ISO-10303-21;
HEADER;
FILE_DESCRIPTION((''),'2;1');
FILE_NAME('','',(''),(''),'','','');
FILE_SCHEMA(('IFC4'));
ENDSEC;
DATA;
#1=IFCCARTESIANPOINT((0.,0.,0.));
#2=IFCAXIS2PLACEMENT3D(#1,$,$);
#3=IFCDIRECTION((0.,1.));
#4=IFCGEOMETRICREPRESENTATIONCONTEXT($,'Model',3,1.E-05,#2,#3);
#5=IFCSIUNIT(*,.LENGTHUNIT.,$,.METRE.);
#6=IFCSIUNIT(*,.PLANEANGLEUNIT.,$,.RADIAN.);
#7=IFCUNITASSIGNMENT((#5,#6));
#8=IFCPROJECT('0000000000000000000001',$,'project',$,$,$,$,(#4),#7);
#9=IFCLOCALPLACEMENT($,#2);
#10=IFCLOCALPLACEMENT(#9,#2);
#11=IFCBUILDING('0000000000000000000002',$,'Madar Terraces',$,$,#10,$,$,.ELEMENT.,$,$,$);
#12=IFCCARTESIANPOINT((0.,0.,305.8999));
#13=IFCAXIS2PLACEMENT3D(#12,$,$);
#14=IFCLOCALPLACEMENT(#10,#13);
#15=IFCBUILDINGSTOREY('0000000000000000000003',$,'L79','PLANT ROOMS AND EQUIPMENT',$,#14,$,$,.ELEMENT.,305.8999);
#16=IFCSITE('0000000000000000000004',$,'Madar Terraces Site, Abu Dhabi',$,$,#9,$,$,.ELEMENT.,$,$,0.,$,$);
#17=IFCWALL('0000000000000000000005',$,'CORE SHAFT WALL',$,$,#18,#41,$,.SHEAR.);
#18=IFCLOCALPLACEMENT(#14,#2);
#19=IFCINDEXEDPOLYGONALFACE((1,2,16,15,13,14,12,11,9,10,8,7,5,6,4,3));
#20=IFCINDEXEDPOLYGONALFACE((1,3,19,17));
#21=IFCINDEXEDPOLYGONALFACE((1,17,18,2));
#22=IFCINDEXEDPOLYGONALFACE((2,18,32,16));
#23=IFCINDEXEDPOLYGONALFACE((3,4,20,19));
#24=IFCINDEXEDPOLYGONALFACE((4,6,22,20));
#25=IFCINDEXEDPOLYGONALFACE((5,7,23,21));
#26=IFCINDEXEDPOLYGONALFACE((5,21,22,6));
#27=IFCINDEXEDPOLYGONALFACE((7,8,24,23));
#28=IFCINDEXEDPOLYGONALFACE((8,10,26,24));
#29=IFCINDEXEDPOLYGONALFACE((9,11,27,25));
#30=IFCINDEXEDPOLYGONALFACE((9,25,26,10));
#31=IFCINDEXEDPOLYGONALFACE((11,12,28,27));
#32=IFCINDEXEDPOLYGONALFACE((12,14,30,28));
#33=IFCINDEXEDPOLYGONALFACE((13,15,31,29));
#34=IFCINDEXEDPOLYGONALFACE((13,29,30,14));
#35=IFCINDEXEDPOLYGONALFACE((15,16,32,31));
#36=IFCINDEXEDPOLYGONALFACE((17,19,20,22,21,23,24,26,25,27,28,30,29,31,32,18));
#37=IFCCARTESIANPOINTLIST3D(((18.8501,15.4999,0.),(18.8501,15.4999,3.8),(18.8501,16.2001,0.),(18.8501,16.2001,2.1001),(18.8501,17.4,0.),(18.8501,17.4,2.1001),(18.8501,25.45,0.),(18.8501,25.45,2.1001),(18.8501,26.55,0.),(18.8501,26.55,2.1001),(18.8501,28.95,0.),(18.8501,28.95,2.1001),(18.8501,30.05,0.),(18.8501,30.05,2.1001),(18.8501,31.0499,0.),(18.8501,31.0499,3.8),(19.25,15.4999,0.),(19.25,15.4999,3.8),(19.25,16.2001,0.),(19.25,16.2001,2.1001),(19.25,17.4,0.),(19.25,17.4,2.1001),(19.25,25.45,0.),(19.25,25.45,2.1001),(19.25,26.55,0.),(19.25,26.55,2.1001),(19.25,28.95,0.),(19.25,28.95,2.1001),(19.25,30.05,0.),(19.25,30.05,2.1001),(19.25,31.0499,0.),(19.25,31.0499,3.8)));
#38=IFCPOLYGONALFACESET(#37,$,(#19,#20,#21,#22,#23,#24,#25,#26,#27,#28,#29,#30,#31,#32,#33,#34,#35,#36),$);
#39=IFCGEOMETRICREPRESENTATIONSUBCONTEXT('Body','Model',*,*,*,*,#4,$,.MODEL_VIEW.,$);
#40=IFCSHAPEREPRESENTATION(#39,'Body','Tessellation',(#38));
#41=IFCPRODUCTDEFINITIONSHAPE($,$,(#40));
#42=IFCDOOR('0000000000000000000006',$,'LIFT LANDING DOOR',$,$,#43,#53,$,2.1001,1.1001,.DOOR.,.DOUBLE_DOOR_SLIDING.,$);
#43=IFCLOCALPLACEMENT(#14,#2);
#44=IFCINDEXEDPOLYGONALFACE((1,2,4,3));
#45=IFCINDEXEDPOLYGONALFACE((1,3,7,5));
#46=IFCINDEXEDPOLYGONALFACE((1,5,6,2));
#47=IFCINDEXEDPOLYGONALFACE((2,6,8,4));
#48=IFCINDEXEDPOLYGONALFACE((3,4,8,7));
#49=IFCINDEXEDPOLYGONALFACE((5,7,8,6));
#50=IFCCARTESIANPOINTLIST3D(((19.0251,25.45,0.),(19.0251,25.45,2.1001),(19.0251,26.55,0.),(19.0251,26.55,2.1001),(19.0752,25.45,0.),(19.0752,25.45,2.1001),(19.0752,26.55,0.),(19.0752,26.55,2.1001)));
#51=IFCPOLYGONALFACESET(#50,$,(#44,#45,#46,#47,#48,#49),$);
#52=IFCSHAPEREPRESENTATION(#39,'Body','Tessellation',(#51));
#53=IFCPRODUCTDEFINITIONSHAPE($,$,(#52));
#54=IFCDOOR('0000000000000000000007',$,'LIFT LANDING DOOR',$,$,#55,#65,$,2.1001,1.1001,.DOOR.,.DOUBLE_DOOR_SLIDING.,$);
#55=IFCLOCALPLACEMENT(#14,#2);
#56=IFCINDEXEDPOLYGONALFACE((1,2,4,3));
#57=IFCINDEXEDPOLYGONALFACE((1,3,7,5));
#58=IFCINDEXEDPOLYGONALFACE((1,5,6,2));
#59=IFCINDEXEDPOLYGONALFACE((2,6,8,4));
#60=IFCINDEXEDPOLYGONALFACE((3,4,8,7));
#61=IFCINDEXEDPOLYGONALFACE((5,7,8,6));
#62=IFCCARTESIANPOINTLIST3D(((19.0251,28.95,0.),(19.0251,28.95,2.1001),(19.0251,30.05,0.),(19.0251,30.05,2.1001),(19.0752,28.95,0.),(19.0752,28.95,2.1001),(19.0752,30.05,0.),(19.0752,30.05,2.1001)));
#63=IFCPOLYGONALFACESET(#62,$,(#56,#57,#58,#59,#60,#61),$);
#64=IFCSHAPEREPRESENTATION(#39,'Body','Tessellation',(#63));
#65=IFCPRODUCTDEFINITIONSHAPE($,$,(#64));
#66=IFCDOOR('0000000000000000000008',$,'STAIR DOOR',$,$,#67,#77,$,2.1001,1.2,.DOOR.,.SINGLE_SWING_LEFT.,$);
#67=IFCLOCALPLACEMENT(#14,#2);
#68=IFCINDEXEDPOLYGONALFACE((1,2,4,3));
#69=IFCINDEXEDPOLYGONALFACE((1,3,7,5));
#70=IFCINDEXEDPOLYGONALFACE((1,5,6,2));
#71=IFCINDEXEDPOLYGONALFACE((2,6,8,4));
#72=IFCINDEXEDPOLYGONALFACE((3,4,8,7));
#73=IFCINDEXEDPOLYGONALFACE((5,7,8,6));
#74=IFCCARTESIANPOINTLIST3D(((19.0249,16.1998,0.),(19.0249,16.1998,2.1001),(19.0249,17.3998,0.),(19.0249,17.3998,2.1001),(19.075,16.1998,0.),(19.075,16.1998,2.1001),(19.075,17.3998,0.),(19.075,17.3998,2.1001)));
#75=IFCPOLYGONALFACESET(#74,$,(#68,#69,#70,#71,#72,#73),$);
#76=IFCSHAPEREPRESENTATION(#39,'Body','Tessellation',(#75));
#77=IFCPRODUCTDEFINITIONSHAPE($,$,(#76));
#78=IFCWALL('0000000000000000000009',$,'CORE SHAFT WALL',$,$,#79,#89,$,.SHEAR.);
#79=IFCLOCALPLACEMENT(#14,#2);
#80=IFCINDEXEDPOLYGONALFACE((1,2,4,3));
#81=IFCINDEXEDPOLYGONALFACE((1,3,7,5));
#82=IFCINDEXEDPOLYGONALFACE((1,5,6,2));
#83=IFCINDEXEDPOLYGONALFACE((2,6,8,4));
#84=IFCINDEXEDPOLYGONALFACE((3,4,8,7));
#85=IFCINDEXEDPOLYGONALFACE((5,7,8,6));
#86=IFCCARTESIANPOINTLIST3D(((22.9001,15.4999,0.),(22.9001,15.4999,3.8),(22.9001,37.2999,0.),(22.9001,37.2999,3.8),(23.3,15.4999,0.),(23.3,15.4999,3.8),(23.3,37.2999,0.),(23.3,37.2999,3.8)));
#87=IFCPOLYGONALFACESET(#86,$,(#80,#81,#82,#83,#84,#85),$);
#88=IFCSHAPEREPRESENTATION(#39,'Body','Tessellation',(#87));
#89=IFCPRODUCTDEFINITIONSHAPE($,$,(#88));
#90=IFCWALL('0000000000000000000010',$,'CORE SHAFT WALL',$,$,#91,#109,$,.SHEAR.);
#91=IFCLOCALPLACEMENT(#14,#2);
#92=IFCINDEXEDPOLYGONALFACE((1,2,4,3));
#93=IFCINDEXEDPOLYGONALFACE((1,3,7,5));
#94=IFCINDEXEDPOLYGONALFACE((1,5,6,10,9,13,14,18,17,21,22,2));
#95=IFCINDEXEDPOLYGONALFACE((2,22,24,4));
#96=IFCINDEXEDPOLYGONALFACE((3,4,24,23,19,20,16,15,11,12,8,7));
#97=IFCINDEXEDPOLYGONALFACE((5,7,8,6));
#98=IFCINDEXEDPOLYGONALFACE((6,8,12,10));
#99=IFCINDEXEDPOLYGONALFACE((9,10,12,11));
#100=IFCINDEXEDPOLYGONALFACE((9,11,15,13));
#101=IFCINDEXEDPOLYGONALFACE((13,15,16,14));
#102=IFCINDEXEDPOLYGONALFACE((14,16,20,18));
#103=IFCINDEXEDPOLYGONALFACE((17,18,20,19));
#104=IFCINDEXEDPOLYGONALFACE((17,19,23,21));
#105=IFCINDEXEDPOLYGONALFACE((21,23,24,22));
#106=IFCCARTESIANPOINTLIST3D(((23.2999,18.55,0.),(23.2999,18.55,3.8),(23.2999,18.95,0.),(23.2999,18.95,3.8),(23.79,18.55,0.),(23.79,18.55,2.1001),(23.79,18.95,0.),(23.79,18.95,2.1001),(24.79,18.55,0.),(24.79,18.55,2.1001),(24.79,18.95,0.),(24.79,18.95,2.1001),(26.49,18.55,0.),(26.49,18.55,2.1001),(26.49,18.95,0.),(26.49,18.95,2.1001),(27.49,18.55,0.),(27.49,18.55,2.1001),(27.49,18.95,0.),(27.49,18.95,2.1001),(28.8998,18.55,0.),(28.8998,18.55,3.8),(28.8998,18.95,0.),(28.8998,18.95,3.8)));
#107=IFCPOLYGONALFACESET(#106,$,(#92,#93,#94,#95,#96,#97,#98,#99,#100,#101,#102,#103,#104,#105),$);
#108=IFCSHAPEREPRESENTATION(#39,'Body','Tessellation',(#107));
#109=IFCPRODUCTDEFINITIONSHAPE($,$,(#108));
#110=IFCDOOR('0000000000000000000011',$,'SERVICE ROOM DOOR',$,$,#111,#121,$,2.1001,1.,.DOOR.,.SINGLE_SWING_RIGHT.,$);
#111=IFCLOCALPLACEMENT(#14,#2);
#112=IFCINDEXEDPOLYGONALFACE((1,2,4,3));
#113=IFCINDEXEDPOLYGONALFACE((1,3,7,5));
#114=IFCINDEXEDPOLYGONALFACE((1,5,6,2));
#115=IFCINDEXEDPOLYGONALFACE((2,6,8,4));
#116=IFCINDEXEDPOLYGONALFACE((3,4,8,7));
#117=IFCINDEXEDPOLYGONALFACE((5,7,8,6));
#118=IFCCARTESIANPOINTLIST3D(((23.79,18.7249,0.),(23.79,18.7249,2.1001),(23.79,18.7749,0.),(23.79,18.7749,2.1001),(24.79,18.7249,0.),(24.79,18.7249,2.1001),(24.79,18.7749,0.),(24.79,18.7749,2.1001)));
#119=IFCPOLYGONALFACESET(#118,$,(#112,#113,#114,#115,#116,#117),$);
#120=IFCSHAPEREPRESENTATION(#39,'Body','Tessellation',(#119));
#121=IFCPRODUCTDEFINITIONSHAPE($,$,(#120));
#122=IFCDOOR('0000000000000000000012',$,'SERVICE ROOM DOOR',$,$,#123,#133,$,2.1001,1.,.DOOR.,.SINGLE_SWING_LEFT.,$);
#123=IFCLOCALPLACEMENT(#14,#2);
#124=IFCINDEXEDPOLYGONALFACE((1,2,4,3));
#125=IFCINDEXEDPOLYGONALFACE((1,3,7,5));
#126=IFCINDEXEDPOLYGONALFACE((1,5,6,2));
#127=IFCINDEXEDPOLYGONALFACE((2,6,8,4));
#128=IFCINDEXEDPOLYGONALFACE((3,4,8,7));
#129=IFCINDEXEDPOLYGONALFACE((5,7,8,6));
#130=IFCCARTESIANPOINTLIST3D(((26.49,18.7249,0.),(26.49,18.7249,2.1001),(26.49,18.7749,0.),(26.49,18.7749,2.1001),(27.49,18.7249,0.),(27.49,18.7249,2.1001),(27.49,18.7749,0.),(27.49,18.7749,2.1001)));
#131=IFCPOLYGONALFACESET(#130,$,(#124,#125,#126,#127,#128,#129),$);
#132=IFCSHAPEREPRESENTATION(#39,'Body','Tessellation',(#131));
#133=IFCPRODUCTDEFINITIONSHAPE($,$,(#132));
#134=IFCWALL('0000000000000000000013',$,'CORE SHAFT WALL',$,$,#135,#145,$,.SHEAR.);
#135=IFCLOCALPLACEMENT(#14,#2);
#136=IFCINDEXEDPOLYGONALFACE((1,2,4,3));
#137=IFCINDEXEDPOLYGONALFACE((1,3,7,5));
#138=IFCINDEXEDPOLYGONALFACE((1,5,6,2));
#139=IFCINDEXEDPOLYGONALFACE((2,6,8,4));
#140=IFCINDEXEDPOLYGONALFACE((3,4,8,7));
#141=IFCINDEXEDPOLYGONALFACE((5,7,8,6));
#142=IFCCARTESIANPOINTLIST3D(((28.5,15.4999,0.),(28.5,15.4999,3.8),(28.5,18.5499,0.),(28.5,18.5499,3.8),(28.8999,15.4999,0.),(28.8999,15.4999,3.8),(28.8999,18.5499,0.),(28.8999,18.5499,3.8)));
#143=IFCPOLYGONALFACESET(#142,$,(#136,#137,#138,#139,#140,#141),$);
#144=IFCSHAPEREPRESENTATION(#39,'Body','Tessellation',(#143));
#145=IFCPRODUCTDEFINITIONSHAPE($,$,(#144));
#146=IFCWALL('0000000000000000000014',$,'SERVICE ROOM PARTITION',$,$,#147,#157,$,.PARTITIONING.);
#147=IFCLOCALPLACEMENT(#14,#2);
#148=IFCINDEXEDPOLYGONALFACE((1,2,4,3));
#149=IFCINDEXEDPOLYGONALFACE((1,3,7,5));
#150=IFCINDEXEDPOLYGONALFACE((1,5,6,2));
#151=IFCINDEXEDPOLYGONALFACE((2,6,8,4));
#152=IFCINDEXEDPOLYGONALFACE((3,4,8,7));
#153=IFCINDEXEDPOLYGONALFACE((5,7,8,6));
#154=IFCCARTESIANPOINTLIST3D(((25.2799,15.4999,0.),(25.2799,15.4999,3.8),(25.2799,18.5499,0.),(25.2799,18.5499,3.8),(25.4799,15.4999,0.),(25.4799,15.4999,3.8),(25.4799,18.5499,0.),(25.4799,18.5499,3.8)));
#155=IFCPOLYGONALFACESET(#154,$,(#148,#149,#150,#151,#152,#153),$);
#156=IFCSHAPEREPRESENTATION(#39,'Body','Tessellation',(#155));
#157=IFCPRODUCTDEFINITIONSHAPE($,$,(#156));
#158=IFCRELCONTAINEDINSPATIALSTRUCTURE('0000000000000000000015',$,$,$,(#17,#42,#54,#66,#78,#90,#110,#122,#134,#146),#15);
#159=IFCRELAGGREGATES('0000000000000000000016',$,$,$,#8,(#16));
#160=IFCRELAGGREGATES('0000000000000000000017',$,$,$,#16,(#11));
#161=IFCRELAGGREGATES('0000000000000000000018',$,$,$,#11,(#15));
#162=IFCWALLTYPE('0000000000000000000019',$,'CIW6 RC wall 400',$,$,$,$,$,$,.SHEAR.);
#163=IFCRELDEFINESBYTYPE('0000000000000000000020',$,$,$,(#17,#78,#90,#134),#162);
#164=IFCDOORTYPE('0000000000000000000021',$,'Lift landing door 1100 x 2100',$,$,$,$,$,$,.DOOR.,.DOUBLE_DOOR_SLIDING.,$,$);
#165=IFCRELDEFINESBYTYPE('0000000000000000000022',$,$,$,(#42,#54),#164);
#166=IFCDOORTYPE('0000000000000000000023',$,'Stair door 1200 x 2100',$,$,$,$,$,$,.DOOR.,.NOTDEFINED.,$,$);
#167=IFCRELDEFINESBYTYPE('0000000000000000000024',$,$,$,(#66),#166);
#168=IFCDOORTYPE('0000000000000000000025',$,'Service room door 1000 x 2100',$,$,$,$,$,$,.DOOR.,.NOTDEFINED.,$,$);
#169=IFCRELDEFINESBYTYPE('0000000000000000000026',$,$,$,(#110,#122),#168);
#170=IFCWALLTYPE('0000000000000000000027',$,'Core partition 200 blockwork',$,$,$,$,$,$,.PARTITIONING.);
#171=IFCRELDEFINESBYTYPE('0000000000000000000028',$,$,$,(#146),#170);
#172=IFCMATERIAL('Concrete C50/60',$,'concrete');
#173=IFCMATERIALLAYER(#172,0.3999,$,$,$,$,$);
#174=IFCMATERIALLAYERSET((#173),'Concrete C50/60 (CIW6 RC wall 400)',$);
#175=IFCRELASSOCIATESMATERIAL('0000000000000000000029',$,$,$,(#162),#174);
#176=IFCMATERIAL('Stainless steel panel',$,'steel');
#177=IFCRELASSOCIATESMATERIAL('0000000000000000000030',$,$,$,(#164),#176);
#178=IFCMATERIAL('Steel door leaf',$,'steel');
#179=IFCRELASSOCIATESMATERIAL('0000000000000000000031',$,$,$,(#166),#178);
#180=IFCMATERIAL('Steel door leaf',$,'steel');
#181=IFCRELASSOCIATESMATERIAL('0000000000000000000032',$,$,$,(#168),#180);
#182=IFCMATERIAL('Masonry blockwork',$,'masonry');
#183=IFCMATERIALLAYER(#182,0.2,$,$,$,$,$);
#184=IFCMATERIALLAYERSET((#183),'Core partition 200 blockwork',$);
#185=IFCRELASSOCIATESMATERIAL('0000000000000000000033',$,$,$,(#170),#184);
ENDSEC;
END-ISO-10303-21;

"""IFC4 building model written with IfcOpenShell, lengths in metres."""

from ifc_helpers import new_model, si_unit, direction, frame, frame_2d, origin, place, context, subcontext, project, spatial, rectangle, extrude, material, layer, layer_set, type_object, element, fill, save


model = new_model("IFC4")

# Units and contexts
model_context = context("Model", 3, precision=1e-05, world=origin(), true_north=direction((0.0, 1.0)))
body_context = subcontext(model_context, "Body", "Model", "MODEL_VIEW")
ifc_project = project(units=[si_unit("LENGTHUNIT", "METRE"), si_unit("PLANEANGLEUNIT", "RADIAN")], contexts=[model_context])

# Site, building, storey
site_placement = place(None, origin())
site = spatial("IfcSite", under=ifc_project, at=site_placement, Name="Madar Terraces Site, Abu Dhabi", CompositionType="ELEMENT", RefElevation=0.0)
building_placement = place(site_placement, origin())
building = spatial("IfcBuilding", under=site, at=building_placement, Name="Madar Terraces", CompositionType="ELEMENT")
storey_placement = place(building_placement, frame((0.0, 0.0, 305.8999)))
storey = spatial("IfcBuildingStorey", under=building, at=storey_placement, Name="L79", Description="PLANT ROOMS AND EQUIPMENT", CompositionType="ELEMENT", Elevation=305.8999)

# Wall, openings, doors
ifc_material_1 = material(Name="Concrete C50/60", Category="concrete")
ifc_layer_1 = layer(ifc_material_1, 0.3999)
ifc_layer_set_1 = layer_set([ifc_layer_1], Name="Concrete C50/60 (CIW6 RC wall 400)")
wall_type_1 = type_object("IfcWallType", Name="CIW6 RC wall 400", PredefinedType="SHEAR", material=ifc_layer_set_1)
wall_1_placement = place(storey_placement, frame((19.05, 15.5, 0.0), z_axis=(0.0, 0.0, 1.0), x_axis=(0.0, 1.0, 0.0)))
wall_1 = element("IfcWall", 1, at=wall_1_placement, inside=storey, type_object=wall_type_1, Name="CORE SHAFT WALL", PredefinedType="SHEAR", context=body_context, shape_type="SweptSolid", body=[
    extrude(rectangle(XDim=15.55, YDim=0.3999, at=frame_2d((7.7749, 0.0))), origin(), (0.0, 0.0, 1.0), 3.8),
])
opening_1_placement = place(wall_1_placement, frame((9.95, 0.0, 0.0)))
opening_1 = element("IfcOpeningElement", 2, at=opening_1_placement, cuts=wall_1, PredefinedType="OPENING", context=body_context, shape_type="SweptSolid", body=[
    extrude(rectangle(XDim=1.1001, YDim=2.1001, at=frame_2d((0.55, 1.05))), frame((0.0, 0.21, 0.0), z_axis=(0.0, -1.0, 0.0), x_axis=(1.0, 0.0, 0.0)), (0.0, 0.0, 1.0), 0.4199),
])
opening_2_placement = place(wall_1_placement, frame((13.45, 0.0, 0.0)))
opening_2 = element("IfcOpeningElement", 3, at=opening_2_placement, cuts=wall_1, PredefinedType="OPENING", context=body_context, shape_type="SweptSolid", body=[
    extrude(rectangle(XDim=1.1001, YDim=2.1001, at=frame_2d((0.55, 1.05))), frame((0.0, 0.21, 0.0), z_axis=(0.0, -1.0, 0.0), x_axis=(1.0, 0.0, 0.0)), (0.0, 0.0, 1.0), 0.4199),
])
opening_3_placement = place(wall_1_placement, frame((0.7, 0.0, 0.0)))
opening_3 = element("IfcOpeningElement", 4, at=opening_3_placement, cuts=wall_1, PredefinedType="OPENING", context=body_context, shape_type="SweptSolid", body=[
    extrude(rectangle(XDim=1.2, YDim=2.1001, at=frame_2d((0.6001, 1.05))), frame((0.0, 0.21, 0.0), z_axis=(0.0, -1.0, 0.0), x_axis=(1.0, 0.0, 0.0)), (0.0, 0.0, 1.0), 0.4199),
])
ifc_material_2 = material(Name="Stainless steel panel", Category="steel")
door_type_1 = type_object("IfcDoorType", Name="Lift landing door 1100 x 2100", OperationType="DOUBLE_DOOR_SLIDING", PredefinedType="DOOR", material=ifc_material_2)
door_1_placement = place(opening_1_placement, origin())
door_1 = element("IfcDoor", 5, at=door_1_placement, inside=storey, type_object=door_type_1, Name="LIFT LANDING DOOR", OperationType="DOUBLE_DOOR_SLIDING", OverallHeight=2.1001, OverallWidth=1.1001, PredefinedType="DOOR", context=body_context, shape_type="SweptSolid", body=[
    extrude(rectangle(XDim=1.1001, YDim=2.1001, at=frame_2d((0.55, 1.05))), frame((0.0, 0.0249, 0.0), z_axis=(0.0, -1.0, 0.0), x_axis=(1.0, 0.0, 0.0)), (0.0, 0.0, 1.0), 0.05),
])
fill(opening_1, door_1)
door_2_placement = place(opening_2_placement, origin())
door_2 = element("IfcDoor", 6, at=door_2_placement, inside=storey, type_object=door_type_1, Name="LIFT LANDING DOOR", OperationType="DOUBLE_DOOR_SLIDING", OverallHeight=2.1001, OverallWidth=1.1001, PredefinedType="DOOR", context=body_context, shape_type="SweptSolid", body=[
    extrude(rectangle(XDim=1.1001, YDim=2.1001, at=frame_2d((0.55, 1.05))), frame((0.0, 0.0249, 0.0), z_axis=(0.0, -1.0, 0.0), x_axis=(1.0, 0.0, 0.0)), (0.0, 0.0, 1.0), 0.05),
])
fill(opening_2, door_2)
ifc_material_3 = material(Name="Steel door leaf", Category="steel")
door_type_2 = type_object("IfcDoorType", Name="Stair door 1200 x 2100", OperationType="NOTDEFINED", PredefinedType="DOOR", material=ifc_material_3)
door_3_placement = place(opening_3_placement, frame((1.2, 0.0, 0.0), z_axis=(0.0, 0.0, 1.0), x_axis=(-1.0, 0.0, 0.0)))
door_3 = element("IfcDoor", 7, at=door_3_placement, inside=storey, type_object=door_type_2, Name="STAIR DOOR", OperationType="SINGLE_SWING_LEFT", OverallHeight=2.1001, OverallWidth=1.2, PredefinedType="DOOR", context=body_context, shape_type="SweptSolid", body=[
    extrude(rectangle(XDim=1.2, YDim=2.1001, at=frame_2d((0.6001, 1.05))), frame((0.0, 0.0249, 0.0), z_axis=(0.0, -1.0, 0.0), x_axis=(1.0, 0.0, 0.0)), (0.0, 0.0, 1.0), 0.05),
])
fill(opening_3, door_3)

# Wall
wall_2_placement = place(storey_placement, frame((23.1001, 15.5, 0.0), z_axis=(0.0, 0.0, 1.0), x_axis=(0.0, 1.0, 0.0)))
element("IfcWall", 8, at=wall_2_placement, inside=storey, type_object=wall_type_1, Name="CORE SHAFT WALL", PredefinedType="SHEAR", context=body_context, shape_type="SweptSolid", body=[
    extrude(rectangle(XDim=21.8, YDim=0.3999, at=frame_2d((10.8999, 0.0))), origin(), (0.0, 0.0, 1.0), 3.8),
])

# Wall, openings, doors
wall_3_placement = place(storey_placement, frame((23.3, 18.75, 0.0), z_axis=(0.0, 0.0, 1.0), x_axis=(1.0, 0.0, 0.0)))
wall_3 = element("IfcWall", 9, at=wall_3_placement, inside=storey, type_object=wall_type_1, Name="CORE SHAFT WALL", PredefinedType="SHEAR", context=body_context, shape_type="SweptSolid", body=[
    extrude(rectangle(XDim=5.5999, YDim=0.3999, at=frame_2d((2.7998, 0.0))), origin(), (0.0, 0.0, 1.0), 3.8),
])
opening_4_placement = place(wall_3_placement, frame((0.49, 0.0, 0.0)))
opening_4 = element("IfcOpeningElement", 10, at=opening_4_placement, cuts=wall_3, PredefinedType="OPENING", context=body_context, shape_type="SweptSolid", body=[
    extrude(rectangle(XDim=1.0, YDim=2.1001, at=frame_2d((0.5, 1.05))), frame((0.0, 0.21, 0.0), z_axis=(0.0, -1.0, 0.0), x_axis=(1.0, 0.0, 0.0)), (0.0, 0.0, 1.0), 0.4199),
])
opening_5_placement = place(wall_3_placement, frame((3.1899, 0.0, 0.0)))
opening_5 = element("IfcOpeningElement", 11, at=opening_5_placement, cuts=wall_3, PredefinedType="OPENING", context=body_context, shape_type="SweptSolid", body=[
    extrude(rectangle(XDim=1.0, YDim=2.1001, at=frame_2d((0.5, 1.05))), frame((0.0, 0.21, 0.0), z_axis=(0.0, -1.0, 0.0), x_axis=(1.0, 0.0, 0.0)), (0.0, 0.0, 1.0), 0.4199),
])
ifc_material_4 = material(Name="Steel door leaf", Category="steel")
door_type_3 = type_object("IfcDoorType", Name="Service room door 1000 x 2100", OperationType="NOTDEFINED", PredefinedType="DOOR", material=ifc_material_4)
door_4_placement = place(opening_4_placement, origin())
door_4 = element("IfcDoor", 12, at=door_4_placement, inside=storey, type_object=door_type_3, Name="SERVICE ROOM DOOR", OperationType="SINGLE_SWING_RIGHT", OverallHeight=2.1001, OverallWidth=1.0, PredefinedType="DOOR", context=body_context, shape_type="SweptSolid", body=[
    extrude(rectangle(XDim=1.0, YDim=2.1001, at=frame_2d((0.5, 1.05))), frame((0.0, 0.0249, 0.0), z_axis=(0.0, -1.0, 0.0), x_axis=(1.0, 0.0, 0.0)), (0.0, 0.0, 1.0), 0.05),
])
fill(opening_4, door_4)
door_5_placement = place(opening_5_placement, origin())
door_5 = element("IfcDoor", 13, at=door_5_placement, inside=storey, type_object=door_type_3, Name="SERVICE ROOM DOOR", OperationType="SINGLE_SWING_LEFT", OverallHeight=2.1001, OverallWidth=1.0, PredefinedType="DOOR", context=body_context, shape_type="SweptSolid", body=[
    extrude(rectangle(XDim=1.0, YDim=2.1001, at=frame_2d((0.5, 1.05))), frame((0.0, 0.0249, 0.0), z_axis=(0.0, -1.0, 0.0), x_axis=(1.0, 0.0, 0.0)), (0.0, 0.0, 1.0), 0.05),
])
fill(opening_5, door_5)

# Walls
wall_4_placement = place(storey_placement, frame((28.7, 15.5, 0.0), z_axis=(0.0, 0.0, 1.0), x_axis=(0.0, 1.0, 0.0)))
element("IfcWall", 14, at=wall_4_placement, inside=storey, type_object=wall_type_1, Name="CORE SHAFT WALL", PredefinedType="SHEAR", context=body_context, shape_type="SweptSolid", body=[
    extrude(rectangle(XDim=3.05, YDim=0.3999, at=frame_2d((1.5249, 0.0))), origin(), (0.0, 0.0, 1.0), 3.8),
])
ifc_material_5 = material(Name="Masonry blockwork", Category="masonry")
ifc_layer_2 = layer(ifc_material_5, 0.2)
ifc_layer_set_2 = layer_set([ifc_layer_2], Name="Core partition 200 blockwork")
wall_type_2 = type_object("IfcWallType", Name="Core partition 200 blockwork", PredefinedType="PARTITIONING", material=ifc_layer_set_2)
wall_5_placement = place(storey_placement, frame((25.3799, 15.5, 0.0), z_axis=(0.0, 0.0, 1.0), x_axis=(0.0, 1.0, 0.0)))
element("IfcWall", 15, at=wall_5_placement, inside=storey, type_object=wall_type_2, Name="SERVICE ROOM PARTITION", PredefinedType="PARTITIONING", context=body_context, shape_type="SweptSolid", body=[
    extrude(rectangle(XDim=3.05, YDim=0.2, at=frame_2d((1.5249, 0.0))), origin(), (0.0, 0.0, 1.0), 3.8),
])

save(model, "model.ifc")
